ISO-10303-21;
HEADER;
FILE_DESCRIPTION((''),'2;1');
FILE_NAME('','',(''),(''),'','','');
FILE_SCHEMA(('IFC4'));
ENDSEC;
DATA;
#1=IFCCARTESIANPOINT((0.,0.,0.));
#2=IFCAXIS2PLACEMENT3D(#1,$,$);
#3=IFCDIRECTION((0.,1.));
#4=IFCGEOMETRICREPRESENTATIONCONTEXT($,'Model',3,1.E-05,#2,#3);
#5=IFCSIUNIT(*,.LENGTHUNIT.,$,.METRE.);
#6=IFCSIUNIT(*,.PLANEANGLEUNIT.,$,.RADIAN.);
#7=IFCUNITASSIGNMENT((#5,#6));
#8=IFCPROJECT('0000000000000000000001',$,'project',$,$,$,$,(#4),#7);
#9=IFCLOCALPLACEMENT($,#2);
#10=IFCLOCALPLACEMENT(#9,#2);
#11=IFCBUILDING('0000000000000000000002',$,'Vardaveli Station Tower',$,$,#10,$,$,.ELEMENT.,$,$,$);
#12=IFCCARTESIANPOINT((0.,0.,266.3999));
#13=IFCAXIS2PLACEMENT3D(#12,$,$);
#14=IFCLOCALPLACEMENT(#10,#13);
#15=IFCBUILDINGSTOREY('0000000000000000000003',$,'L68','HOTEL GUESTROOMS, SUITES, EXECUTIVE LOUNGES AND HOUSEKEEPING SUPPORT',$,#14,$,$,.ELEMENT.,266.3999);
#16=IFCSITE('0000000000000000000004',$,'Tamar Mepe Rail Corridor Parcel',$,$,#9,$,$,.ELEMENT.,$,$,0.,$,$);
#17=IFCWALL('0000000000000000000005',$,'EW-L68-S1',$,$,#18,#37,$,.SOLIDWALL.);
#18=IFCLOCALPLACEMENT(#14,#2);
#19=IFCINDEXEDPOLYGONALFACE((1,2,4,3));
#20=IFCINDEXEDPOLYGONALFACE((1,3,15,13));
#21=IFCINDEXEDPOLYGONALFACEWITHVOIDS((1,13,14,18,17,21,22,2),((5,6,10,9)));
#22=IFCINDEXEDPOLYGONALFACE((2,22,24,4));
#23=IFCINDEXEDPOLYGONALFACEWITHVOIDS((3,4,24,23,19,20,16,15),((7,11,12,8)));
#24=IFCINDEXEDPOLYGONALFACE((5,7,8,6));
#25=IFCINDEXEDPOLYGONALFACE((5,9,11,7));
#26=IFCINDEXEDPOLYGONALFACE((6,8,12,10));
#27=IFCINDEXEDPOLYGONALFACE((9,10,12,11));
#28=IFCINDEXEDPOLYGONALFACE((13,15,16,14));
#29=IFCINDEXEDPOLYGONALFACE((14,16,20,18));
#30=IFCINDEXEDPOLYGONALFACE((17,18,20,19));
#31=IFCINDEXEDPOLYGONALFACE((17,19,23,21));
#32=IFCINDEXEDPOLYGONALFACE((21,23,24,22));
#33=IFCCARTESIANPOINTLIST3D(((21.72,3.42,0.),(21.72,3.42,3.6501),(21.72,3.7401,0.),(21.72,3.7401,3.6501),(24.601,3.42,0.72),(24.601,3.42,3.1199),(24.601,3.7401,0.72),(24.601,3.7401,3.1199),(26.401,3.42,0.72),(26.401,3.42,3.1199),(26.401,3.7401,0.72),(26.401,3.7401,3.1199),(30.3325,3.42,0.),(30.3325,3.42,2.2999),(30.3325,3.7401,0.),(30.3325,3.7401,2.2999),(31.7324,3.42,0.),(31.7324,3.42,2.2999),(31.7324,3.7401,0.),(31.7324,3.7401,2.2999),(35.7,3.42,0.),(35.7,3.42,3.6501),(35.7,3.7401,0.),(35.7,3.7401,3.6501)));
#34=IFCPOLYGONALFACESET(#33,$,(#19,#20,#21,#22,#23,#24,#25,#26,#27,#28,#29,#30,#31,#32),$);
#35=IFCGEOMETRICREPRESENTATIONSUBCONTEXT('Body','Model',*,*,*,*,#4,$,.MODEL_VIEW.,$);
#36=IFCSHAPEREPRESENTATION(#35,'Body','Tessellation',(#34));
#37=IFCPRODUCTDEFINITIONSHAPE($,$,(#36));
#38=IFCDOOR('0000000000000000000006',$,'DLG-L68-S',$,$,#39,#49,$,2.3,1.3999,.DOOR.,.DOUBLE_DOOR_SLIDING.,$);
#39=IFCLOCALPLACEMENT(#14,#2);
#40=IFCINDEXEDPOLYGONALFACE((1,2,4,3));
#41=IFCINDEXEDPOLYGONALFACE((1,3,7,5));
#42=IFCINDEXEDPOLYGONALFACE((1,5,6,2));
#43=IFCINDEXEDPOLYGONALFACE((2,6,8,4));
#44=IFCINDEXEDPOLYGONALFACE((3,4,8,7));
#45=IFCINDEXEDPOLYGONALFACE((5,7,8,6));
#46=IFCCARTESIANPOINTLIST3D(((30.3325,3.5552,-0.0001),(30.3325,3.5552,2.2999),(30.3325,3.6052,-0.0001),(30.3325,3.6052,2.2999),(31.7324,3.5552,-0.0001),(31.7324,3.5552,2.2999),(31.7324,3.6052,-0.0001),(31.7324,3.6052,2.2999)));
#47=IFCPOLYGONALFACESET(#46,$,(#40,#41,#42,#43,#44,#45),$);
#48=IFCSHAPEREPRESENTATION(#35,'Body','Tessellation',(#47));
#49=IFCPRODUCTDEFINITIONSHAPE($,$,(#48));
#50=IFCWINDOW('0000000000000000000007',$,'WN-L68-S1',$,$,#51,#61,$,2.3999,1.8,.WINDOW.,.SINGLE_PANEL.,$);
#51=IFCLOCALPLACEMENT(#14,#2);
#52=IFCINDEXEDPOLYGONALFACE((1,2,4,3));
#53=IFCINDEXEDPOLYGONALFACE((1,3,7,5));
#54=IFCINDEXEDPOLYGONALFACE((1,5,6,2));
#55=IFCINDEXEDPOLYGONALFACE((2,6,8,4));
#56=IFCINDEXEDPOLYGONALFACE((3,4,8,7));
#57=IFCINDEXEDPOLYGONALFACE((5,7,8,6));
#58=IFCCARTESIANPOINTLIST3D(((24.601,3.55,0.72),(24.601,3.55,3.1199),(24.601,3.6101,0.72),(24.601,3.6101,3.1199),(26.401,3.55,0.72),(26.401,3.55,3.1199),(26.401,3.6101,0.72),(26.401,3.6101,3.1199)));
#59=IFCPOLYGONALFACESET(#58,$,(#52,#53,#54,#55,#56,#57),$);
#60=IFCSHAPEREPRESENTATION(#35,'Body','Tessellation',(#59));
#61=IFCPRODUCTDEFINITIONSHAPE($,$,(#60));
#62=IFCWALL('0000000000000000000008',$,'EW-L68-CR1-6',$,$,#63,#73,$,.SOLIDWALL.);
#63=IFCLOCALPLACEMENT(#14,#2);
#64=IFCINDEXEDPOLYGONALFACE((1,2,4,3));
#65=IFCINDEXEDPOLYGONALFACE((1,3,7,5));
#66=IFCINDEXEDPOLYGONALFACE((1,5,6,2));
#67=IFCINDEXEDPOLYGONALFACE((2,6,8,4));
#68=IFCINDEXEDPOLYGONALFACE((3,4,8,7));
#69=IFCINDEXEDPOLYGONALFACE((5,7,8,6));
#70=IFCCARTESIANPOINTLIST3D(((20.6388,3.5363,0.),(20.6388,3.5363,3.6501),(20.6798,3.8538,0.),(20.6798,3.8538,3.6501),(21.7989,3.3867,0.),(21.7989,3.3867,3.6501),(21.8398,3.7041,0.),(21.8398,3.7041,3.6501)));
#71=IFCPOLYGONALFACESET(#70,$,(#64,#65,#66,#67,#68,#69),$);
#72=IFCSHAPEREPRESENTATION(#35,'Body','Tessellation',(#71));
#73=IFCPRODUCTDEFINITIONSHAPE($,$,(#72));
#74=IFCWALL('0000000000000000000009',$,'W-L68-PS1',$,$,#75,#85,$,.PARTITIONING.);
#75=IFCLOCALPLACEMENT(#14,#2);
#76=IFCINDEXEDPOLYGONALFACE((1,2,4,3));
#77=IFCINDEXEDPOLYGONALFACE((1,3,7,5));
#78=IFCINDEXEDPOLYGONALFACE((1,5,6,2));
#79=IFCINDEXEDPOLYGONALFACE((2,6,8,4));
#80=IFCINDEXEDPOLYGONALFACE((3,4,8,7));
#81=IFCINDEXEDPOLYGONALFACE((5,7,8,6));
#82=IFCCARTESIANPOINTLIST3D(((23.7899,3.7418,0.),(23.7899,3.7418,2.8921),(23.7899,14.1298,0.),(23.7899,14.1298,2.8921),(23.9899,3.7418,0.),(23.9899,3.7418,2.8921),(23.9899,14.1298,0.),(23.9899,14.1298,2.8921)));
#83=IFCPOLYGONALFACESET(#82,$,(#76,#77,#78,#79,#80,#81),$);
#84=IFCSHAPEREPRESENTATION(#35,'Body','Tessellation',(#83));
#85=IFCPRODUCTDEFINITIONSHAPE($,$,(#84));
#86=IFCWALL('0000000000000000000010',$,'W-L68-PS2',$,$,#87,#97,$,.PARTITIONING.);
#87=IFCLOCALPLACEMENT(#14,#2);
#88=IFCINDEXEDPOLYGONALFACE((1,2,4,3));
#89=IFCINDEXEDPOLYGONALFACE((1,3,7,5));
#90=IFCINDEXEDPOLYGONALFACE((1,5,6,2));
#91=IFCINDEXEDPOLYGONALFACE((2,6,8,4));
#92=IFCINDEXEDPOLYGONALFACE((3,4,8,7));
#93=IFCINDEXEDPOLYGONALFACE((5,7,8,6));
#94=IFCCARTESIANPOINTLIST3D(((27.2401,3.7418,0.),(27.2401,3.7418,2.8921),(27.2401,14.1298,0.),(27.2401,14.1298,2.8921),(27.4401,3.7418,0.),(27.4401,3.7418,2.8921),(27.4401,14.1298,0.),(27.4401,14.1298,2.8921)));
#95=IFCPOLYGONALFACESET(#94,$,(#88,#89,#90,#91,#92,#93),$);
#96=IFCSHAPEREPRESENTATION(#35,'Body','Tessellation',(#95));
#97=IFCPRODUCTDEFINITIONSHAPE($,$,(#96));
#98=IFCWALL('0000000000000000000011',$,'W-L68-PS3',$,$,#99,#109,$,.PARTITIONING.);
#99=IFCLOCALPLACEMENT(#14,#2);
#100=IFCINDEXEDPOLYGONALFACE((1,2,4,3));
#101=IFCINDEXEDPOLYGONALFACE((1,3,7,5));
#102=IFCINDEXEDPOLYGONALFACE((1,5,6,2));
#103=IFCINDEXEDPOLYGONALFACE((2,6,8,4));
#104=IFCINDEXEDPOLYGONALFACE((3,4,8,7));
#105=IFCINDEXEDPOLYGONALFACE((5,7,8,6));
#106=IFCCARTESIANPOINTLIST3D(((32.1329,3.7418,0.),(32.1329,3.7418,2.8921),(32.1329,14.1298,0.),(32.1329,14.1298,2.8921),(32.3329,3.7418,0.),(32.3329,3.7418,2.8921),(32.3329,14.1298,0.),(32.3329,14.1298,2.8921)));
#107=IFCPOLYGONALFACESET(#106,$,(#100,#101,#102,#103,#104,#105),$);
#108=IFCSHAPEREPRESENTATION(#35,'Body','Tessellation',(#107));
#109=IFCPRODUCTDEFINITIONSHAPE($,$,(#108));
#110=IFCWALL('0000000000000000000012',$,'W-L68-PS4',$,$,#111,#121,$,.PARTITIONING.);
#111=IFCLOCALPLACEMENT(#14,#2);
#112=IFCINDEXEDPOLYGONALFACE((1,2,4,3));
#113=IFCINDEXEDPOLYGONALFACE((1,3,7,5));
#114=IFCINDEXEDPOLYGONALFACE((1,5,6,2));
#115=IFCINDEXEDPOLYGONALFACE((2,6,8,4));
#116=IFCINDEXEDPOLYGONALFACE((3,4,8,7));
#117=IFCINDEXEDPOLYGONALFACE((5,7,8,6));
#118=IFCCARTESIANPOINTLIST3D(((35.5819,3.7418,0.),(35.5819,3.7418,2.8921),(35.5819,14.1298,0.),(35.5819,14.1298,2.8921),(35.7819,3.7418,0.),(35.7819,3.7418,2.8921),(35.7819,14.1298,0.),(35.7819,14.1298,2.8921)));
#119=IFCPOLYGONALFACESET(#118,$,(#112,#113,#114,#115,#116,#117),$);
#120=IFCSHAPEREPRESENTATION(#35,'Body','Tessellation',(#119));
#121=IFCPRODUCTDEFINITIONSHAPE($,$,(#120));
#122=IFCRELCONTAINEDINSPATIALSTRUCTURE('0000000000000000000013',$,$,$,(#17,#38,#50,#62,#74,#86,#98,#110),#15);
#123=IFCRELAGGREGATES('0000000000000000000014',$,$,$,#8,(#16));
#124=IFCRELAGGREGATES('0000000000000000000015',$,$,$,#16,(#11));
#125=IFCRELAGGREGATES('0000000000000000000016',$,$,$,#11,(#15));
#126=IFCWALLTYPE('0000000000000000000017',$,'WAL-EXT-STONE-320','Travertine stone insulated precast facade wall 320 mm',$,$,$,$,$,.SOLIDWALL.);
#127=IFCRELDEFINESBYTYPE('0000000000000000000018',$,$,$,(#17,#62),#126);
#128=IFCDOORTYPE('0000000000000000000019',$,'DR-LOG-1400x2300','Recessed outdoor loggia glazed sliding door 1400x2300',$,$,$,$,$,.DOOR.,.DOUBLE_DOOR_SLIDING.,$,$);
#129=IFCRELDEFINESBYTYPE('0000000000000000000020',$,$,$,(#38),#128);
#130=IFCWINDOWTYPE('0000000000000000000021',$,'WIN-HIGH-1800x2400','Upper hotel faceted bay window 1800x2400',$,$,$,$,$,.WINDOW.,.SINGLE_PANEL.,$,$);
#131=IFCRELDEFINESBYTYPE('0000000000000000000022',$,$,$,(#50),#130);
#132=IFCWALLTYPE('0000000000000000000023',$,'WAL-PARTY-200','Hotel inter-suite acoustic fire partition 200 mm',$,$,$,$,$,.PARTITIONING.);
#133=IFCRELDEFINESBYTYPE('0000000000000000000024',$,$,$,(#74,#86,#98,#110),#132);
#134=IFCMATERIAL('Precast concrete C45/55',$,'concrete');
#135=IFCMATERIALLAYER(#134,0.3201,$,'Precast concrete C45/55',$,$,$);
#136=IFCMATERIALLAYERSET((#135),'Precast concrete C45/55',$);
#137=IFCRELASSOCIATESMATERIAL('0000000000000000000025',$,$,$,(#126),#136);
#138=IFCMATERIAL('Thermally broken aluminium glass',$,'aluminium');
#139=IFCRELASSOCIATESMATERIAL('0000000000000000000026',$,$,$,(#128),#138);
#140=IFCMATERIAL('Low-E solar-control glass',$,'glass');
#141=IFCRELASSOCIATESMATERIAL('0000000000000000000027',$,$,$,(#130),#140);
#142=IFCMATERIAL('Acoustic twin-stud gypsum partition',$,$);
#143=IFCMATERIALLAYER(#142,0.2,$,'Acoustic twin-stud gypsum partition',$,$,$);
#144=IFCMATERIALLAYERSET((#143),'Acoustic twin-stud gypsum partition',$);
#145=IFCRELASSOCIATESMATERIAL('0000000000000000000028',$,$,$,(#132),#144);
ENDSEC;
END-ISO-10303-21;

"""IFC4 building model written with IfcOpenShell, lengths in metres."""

from ifc_helpers import new_model, si_unit, direction, frame, frame_2d, origin, place, context, subcontext, project, spatial, rectangle, extrude, source, transform, mapped, material, layer, layer_set, type_object, element, fill, save


model = new_model("IFC4")

# Units and contexts
model_context = context("Model", 3, precision=1e-05, world=origin(), true_north=direction((0.0, 1.0)))
body_context = subcontext(model_context, "Body", "Model", "MODEL_VIEW")
ifc_project = project(units=[si_unit("LENGTHUNIT", "METRE"), si_unit("PLANEANGLEUNIT", "RADIAN")], contexts=[model_context])

# Site, building, storey
site_placement = place(None, origin())
site = spatial("IfcSite", under=ifc_project, at=site_placement, Name="Tamar Mepe Rail Corridor Parcel", CompositionType="ELEMENT", RefElevation=0.0)
building_placement = place(site_placement, origin())
building = spatial("IfcBuilding", under=site, at=building_placement, Name="Vardaveli Station Tower", CompositionType="ELEMENT")
storey_placement = place(building_placement, frame((0.0, 0.0, 266.3999)))
storey = spatial("IfcBuildingStorey", under=building, at=storey_placement, Name="L68", Description="HOTEL GUESTROOMS, SUITES, EXECUTIVE LOUNGES AND HOUSEKEEPING SUPPORT", CompositionType="ELEMENT", Elevation=266.3999)

# Shared definitions
ifc_material_1 = material(Name="Precast concrete C45/55", Category="concrete")

# Wall, openings, door, window
ifc_layer_1 = layer(ifc_material_1, 0.3201, Name="Precast concrete C45/55")
ifc_layer_set_1 = layer_set([ifc_layer_1], Name="Precast concrete C45/55")
wall_type_1 = type_object("IfcWallType", Name="WAL-EXT-STONE-320", Description="Travertine stone insulated precast facade wall 320 mm", PredefinedType="SOLIDWALL", material=ifc_layer_set_1)
shared_shape_1 = source(origin(), body_context, "Body", "SweptSolid", [
    extrude(rectangle(XDim=13.98, YDim=0.3201, at=frame_2d((6.99, 0.0))), origin(), (0.0, 0.0, 1.0), 3.6501),
])
wall_1_placement = place(storey_placement, frame((21.72, 3.5801, 0.0), z_axis=(0.0, 0.0, 1.0), x_axis=(1.0, 0.0, 0.0)))
wall_1 = element("IfcWall", 1, at=wall_1_placement, inside=storey, type_object=wall_type_1, Name="EW-L68-S1", PredefinedType="SOLIDWALL", context=body_context, shape_type="MappedRepresentation", body=[
    mapped(shared_shape_1, transform((0.0, 0.0, 0.0), scale=1.0)),
])
shared_shape_2 = source(origin(), body_context, "Body", "SweptSolid", [
    extrude(rectangle(XDim=1.3999, YDim=2.3, at=frame_2d((0.7, 1.1499))), frame((0.0, 0.1699, 0.0), z_axis=(0.0, -1.0, 0.0), x_axis=(1.0, 0.0, 0.0)), (0.0, 0.0, 1.0), 0.3401),
])
opening_1_placement = place(wall_1_placement, frame((8.6125, 0.0, 0.0)))
opening_1 = element("IfcOpeningElement", 2, at=opening_1_placement, cuts=wall_1, PredefinedType="OPENING", context=body_context, shape_type="MappedRepresentation", body=[
    mapped(shared_shape_2, transform((0.0, 0.0, 0.0), scale=1.0)),
])
shared_shape_3 = source(origin(), body_context, "Body", "SweptSolid", [
    extrude(rectangle(XDim=1.8, YDim=2.3999, at=frame_2d((0.8999, 1.2))), frame((0.0, 0.1699, 0.0), z_axis=(0.0, -1.0, 0.0), x_axis=(1.0, 0.0, 0.0)), (0.0, 0.0, 1.0), 0.3401),
])
opening_2_placement = place(wall_1_placement, frame((2.8811, 0.0, 0.72)))
opening_2 = element("IfcOpeningElement", 3, at=opening_2_placement, cuts=wall_1, PredefinedType="OPENING", context=body_context, shape_type="MappedRepresentation", body=[
    mapped(shared_shape_3, transform((0.0, 0.0, 0.0), scale=1.0)),
])
ifc_material_2 = material(Name="Thermally broken aluminium glass", Category="aluminium")
door_type = type_object("IfcDoorType", Name="DR-LOG-1400x2300", Description="Recessed outdoor loggia glazed sliding door 1400x2300", OperationType="DOUBLE_DOOR_SLIDING", PredefinedType="DOOR", material=ifc_material_2)
shared_shape_4 = source(origin(), body_context, "Body", "SweptSolid", [
    extrude(rectangle(XDim=1.3999, YDim=2.3, at=frame_2d((0.7, 1.1499))), frame((0.0, 0.0249, 0.0), z_axis=(0.0, -1.0, 0.0), x_axis=(1.0, 0.0, 0.0)), (0.0, 0.0, 1.0), 0.05),
])
door_placement = place(opening_1_placement, frame((1.3999, 0.0, 0.0), z_axis=(0.0, 0.0, 1.0), x_axis=(-1.0, 0.0, 0.0)))
door = element("IfcDoor", 4, at=door_placement, inside=storey, type_object=door_type, Name="DLG-L68-S", OperationType="DOUBLE_DOOR_SLIDING", OverallHeight=2.3, OverallWidth=1.3999, PredefinedType="DOOR", context=body_context, shape_type="MappedRepresentation", body=[
    mapped(shared_shape_4, transform((0.0, 0.0, 0.0), scale=1.0)),
])
fill(opening_1, door)
ifc_material_3 = material(Name="Low-E solar-control glass", Category="glass")
window_type = type_object("IfcWindowType", Name="WIN-HIGH-1800x2400", Description="Upper hotel faceted bay window 1800x2400", PartitioningType="SINGLE_PANEL", PredefinedType="WINDOW", material=ifc_material_3)
shared_shape_5 = source(origin(), body_context, "Body", "SweptSolid", [
    extrude(rectangle(XDim=1.8, YDim=2.3999, at=frame_2d((0.8999, 1.2))), frame((0.0, 0.03, 0.0), z_axis=(0.0, -1.0, 0.0), x_axis=(1.0, 0.0, 0.0)), (0.0, 0.0, 1.0), 0.0601),
])
window_placement = place(opening_2_placement, origin())
window = element("IfcWindow", 5, at=window_placement, inside=storey, type_object=window_type, Name="WN-L68-S1", OverallHeight=2.3999, OverallWidth=1.8, PartitioningType="SINGLE_PANEL", PredefinedType="WINDOW", context=body_context, shape_type="MappedRepresentation", body=[
    mapped(shared_shape_5, transform((0.0, 0.0, 0.0), scale=1.0)),
])
fill(opening_2, window)

# Walls
shared_shape_6 = source(origin(), body_context, "Body", "SweptSolid", [
    extrude(rectangle(XDim=1.1697, YDim=0.3201, at=frame_2d((0.585, 0.0))), origin(), (0.0, 0.0, 1.0), 3.6501),
])
wall_2_placement = place(storey_placement, frame((20.6592, 3.6951, 0.0), z_axis=(0.0, 0.0, 1.0), x_axis=(0.991782, -0.127938, 0.0)))
element("IfcWall", 6, at=wall_2_placement, inside=storey, type_object=wall_type_1, Name="EW-L68-CR1-6", PredefinedType="SOLIDWALL", context=body_context, shape_type="MappedRepresentation", body=[
    mapped(shared_shape_6, transform((0.0, 0.0, 0.0), scale=1.0)),
])
ifc_material_4 = material(Name="Acoustic twin-stud gypsum partition")
ifc_layer_2 = layer(ifc_material_4, 0.2, Name="Acoustic twin-stud gypsum partition")
ifc_layer_set_2 = layer_set([ifc_layer_2], Name="Acoustic twin-stud gypsum partition")
wall_type_2 = type_object("IfcWallType", Name="WAL-PARTY-200", Description="Hotel inter-suite acoustic fire partition 200 mm", PredefinedType="PARTITIONING", material=ifc_layer_set_2)
shared_shape_7 = source(origin(), body_context, "Body", "SweptSolid", [
    extrude(rectangle(XDim=10.3879, YDim=0.2, at=frame_2d((5.1938, 0.0))), origin(), (0.0, 0.0, 1.0), 2.8921),
])
for number, where, z_axis, x_axis, name in (
    (7, (23.8899, 3.7419, 0.0), (0.0, 0.0, 1.0), (0.0, 1.0, 0.0), "W-L68-PS1"),
    (8, (27.3401, 3.7419, 0.0), (0.0, 0.0, 1.0), (0.0, 1.0, 0.0), "W-L68-PS2"),
    (9, (32.2329, 3.7419, 0.0), (0.0, 0.0, 1.0), (0.0, 1.0, 0.0), "W-L68-PS3"),
    (10, (35.6819, 3.7419, 0.0), (0.0, 0.0, 1.0), (0.0, 1.0, 0.0), "W-L68-PS4"),
):
    element("IfcWall", number, at=place(storey_placement, frame(where, z_axis=z_axis, x_axis=x_axis)), inside=storey, type_object=wall_type_2, Name=name, PredefinedType="PARTITIONING", context=body_context, shape_type="MappedRepresentation", body=[
        mapped(shared_shape_7, transform((0.0, 0.0, 0.0), scale=1.0)),
    ])

save(model, "model.ifc")
